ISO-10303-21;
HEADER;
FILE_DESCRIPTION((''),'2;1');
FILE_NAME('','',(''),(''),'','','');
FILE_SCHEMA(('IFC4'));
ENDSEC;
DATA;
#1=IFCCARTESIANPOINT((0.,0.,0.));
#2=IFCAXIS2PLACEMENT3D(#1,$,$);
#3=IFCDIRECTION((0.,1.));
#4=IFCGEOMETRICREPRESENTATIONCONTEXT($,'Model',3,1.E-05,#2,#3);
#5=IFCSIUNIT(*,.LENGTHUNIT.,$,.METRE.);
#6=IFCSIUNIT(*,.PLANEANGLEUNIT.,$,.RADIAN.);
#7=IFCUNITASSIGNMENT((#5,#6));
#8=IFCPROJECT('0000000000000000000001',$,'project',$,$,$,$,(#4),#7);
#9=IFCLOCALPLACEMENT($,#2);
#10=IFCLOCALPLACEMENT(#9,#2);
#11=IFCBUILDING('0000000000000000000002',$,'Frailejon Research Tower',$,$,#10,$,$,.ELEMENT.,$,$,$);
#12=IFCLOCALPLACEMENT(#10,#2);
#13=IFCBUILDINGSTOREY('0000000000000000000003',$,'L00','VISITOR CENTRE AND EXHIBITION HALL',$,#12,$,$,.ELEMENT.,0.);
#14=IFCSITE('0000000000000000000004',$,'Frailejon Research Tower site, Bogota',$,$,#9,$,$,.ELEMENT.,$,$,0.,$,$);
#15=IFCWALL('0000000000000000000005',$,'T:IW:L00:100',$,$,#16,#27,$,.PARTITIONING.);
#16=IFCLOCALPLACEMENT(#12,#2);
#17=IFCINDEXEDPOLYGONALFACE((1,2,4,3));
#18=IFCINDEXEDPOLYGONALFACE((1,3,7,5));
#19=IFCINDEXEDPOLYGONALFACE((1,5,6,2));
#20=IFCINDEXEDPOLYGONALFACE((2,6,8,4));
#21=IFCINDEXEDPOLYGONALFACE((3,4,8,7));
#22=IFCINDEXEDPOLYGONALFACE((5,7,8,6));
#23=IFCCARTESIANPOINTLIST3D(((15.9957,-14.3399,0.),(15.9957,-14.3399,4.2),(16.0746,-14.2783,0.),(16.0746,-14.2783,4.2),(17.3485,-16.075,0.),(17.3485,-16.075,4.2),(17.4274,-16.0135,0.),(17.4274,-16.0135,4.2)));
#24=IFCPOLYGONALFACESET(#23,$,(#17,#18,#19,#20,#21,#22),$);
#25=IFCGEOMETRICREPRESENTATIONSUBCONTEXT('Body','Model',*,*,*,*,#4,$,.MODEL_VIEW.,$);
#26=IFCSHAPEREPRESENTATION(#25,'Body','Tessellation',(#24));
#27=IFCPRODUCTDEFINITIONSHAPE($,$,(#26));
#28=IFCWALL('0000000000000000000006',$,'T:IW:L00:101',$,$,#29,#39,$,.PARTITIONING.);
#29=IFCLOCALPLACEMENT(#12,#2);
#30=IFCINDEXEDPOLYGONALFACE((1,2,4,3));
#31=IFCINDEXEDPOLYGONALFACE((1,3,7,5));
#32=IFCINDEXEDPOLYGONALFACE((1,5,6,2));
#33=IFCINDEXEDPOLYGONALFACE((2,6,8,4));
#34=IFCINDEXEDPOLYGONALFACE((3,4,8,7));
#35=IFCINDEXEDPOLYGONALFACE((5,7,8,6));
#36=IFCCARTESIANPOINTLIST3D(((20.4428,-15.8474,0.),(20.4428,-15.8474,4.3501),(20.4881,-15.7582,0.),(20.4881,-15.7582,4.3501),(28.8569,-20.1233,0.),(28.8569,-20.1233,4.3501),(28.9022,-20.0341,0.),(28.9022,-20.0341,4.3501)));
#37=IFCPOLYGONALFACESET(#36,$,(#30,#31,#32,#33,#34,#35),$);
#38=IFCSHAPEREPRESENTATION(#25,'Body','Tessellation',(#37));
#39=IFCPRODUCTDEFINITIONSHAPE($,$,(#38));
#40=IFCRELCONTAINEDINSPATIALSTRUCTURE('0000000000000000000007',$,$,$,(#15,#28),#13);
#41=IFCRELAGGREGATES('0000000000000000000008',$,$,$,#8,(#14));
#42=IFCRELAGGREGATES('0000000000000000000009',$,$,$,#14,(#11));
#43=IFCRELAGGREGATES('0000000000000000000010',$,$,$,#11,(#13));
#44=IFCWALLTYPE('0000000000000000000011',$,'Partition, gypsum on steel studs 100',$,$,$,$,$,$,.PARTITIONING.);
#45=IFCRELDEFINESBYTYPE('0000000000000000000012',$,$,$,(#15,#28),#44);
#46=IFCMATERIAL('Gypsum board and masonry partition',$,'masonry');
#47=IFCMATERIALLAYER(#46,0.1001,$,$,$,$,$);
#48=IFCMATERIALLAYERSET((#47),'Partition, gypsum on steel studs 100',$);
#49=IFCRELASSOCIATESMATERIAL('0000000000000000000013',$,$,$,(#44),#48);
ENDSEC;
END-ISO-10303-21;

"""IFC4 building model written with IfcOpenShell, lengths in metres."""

from ifc_helpers import new_model, si_unit, direction, frame, frame_2d, origin, place, context, subcontext, project, spatial, rectangle, extrude, material, layer, layer_set, type_object, element, save


model = new_model("IFC4")

# Units and contexts
model_context = context("Model", 3, precision=1e-05, world=origin(), true_north=direction((0.0, 1.0)))
body_context = subcontext(model_context, "Body", "Model", "MODEL_VIEW")
ifc_project = project(units=[si_unit("LENGTHUNIT", "METRE"), si_unit("PLANEANGLEUNIT", "RADIAN")], contexts=[model_context])

# Site, building, storey
site_placement = place(None, origin())
site = spatial("IfcSite", under=ifc_project, at=site_placement, Name="Frailejon Research Tower site, Bogota", CompositionType="ELEMENT", RefElevation=0.0)
building_placement = place(site_placement, origin())
building = spatial("IfcBuilding", under=site, at=building_placement, Name="Frailejon Research Tower", CompositionType="ELEMENT")
storey_placement = place(building_placement, origin())
storey = spatial("IfcBuildingStorey", under=building, at=storey_placement, Name="L00", Description="VISITOR CENTRE AND EXHIBITION HALL", CompositionType="ELEMENT", Elevation=0.0)

# Walls
ifc_material_1 = material(Name="Gypsum board and masonry partition", Category="masonry")
ifc_layer_1 = layer(ifc_material_1, 0.1001)
ifc_layer_set_1 = layer_set([ifc_layer_1], Name="Partition, gypsum on steel studs 100")
wall_type_1 = type_object("IfcWallType", Name="Partition, gypsum on steel studs 100", PredefinedType="PARTITIONING", material=ifc_layer_set_1)
wall_1_placement = place(storey_placement, frame((16.0352, -14.3091, 0.0), z_axis=(0.0, 0.0, 1.0), x_axis=(0.614862, -0.788635, 0.0)))
element("IfcWall", 1, at=wall_1_placement, inside=storey, type_object=wall_type_1, Name="T:IW:L00:100", PredefinedType="PARTITIONING", context=body_context, shape_type="SweptSolid", body=[
    extrude(rectangle(XDim=2.2002, YDim=0.1001, at=frame_2d((1.1001, 0.0))), origin(), (0.0, 0.0, 1.0), 4.2),
])
wall_2_placement = place(storey_placement, frame((20.4653, -15.8027, 0.0), z_axis=(0.0, 0.0, 1.0), x_axis=(0.89149, -0.45304, 0.0)))
element("IfcWall", 2, at=wall_2_placement, inside=storey, type_object=wall_type_1, Name="T:IW:L00:101", PredefinedType="PARTITIONING", context=body_context, shape_type="SweptSolid", body=[
    extrude(rectangle(XDim=9.4382, YDim=0.1001, at=frame_2d((4.7192, 0.0))), origin(), (0.0, 0.0, 1.0), 4.3501),
])

save(model, "model.ifc")
